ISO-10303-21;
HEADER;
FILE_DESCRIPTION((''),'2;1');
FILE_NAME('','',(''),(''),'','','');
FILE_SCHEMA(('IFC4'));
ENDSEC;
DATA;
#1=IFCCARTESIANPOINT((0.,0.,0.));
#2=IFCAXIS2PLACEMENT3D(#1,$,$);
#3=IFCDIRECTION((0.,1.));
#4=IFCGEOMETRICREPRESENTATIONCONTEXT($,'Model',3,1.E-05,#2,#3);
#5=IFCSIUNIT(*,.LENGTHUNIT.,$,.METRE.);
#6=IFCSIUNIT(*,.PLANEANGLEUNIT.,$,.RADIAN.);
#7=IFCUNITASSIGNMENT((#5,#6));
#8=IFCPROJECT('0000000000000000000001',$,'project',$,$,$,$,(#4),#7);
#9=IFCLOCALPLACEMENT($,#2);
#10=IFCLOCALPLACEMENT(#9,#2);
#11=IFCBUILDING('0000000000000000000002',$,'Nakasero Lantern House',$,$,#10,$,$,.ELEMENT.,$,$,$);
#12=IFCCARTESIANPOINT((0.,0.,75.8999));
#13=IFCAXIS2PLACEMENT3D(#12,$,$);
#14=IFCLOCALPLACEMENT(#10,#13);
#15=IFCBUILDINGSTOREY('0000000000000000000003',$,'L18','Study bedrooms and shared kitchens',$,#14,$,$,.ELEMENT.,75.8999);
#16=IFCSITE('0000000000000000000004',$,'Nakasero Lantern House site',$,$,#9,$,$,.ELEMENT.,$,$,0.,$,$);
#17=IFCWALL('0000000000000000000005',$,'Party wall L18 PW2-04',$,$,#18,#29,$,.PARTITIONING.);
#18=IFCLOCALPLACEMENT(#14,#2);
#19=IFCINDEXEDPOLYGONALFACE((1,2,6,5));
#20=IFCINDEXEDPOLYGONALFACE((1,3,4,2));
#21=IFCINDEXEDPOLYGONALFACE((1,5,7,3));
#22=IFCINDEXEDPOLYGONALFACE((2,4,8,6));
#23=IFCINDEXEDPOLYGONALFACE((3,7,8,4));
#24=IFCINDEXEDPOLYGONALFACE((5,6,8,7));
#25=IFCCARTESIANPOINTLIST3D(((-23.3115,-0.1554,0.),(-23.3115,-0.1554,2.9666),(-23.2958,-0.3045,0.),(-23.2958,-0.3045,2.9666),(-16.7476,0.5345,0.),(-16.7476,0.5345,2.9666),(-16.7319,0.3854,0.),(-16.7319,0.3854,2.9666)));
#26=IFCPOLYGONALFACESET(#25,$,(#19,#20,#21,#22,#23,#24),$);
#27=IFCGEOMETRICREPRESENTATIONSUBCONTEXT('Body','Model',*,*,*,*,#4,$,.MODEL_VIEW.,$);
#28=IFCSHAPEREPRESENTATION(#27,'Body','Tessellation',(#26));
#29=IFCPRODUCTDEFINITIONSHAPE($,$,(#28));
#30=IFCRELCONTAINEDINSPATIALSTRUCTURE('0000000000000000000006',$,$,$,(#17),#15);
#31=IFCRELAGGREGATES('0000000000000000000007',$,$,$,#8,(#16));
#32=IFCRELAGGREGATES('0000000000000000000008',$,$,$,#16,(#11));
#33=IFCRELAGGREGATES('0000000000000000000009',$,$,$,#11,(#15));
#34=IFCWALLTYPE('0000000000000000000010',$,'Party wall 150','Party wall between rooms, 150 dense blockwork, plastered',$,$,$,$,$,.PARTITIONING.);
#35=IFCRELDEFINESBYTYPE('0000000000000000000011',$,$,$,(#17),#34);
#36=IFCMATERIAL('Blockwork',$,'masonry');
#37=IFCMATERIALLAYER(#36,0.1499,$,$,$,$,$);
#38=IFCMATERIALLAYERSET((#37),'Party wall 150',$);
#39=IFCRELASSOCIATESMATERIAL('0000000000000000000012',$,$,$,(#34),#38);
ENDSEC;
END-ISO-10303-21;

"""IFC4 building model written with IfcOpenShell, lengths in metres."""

from ifc_helpers import new_model, si_unit, direction, frame, frame_2d, origin, place, context, subcontext, project, spatial, rectangle, extrude, material, layer, layer_set, type_object, element, save


model = new_model("IFC4")

# Units and contexts
model_context = context("Model", 3, precision=1e-05, world=origin(), true_north=direction((0.0, 1.0)))
body_context = subcontext(model_context, "Body", "Model", "MODEL_VIEW")
ifc_project = project(units=[si_unit("LENGTHUNIT", "METRE"), si_unit("PLANEANGLEUNIT", "RADIAN")], contexts=[model_context])

# Site, building, storey
site_placement = place(None, origin())
site = spatial("IfcSite", under=ifc_project, at=site_placement, Name="Nakasero Lantern House site", CompositionType="ELEMENT", RefElevation=0.0)
building_placement = place(site_placement, origin())
building = spatial("IfcBuilding", under=site, at=building_placement, Name="Nakasero Lantern House", CompositionType="ELEMENT")
storey_placement = place(building_placement, frame((0.0, 0.0, 75.8999)))
storey = spatial("IfcBuildingStorey", under=building, at=storey_placement, Name="L18", Description="Study bedrooms and shared kitchens", CompositionType="ELEMENT", Elevation=75.8999)

# Wall
ifc_material_1 = material(Name="Blockwork", Category="masonry")
ifc_layer_1 = layer(ifc_material_1, 0.1499)
ifc_layer_set_1 = layer_set([ifc_layer_1], Name="Party wall 150")
wall_type_1 = type_object("IfcWallType", Name="Party wall 150", Description="Party wall between rooms, 150 dense blockwork, plastered", PredefinedType="PARTITIONING", material=ifc_layer_set_1)
wall_1_placement = place(storey_placement, frame((-16.7397, 0.46, 0.0), z_axis=(0.0, 0.0, 1.0), x_axis=(-0.994521, -0.104535, 0.0)))
element("IfcWall", 1, at=wall_1_placement, inside=storey, type_object=wall_type_1, Name="Party wall L18 PW2-04", PredefinedType="PARTITIONING", context=body_context, shape_type="SweptSolid", body=[
    extrude(rectangle(XDim=6.6001, YDim=0.1499, at=frame_2d((3.3, 0.0))), origin(), (0.0, 0.0, 1.0), 2.9666),
])

save(model, "model.ifc")
